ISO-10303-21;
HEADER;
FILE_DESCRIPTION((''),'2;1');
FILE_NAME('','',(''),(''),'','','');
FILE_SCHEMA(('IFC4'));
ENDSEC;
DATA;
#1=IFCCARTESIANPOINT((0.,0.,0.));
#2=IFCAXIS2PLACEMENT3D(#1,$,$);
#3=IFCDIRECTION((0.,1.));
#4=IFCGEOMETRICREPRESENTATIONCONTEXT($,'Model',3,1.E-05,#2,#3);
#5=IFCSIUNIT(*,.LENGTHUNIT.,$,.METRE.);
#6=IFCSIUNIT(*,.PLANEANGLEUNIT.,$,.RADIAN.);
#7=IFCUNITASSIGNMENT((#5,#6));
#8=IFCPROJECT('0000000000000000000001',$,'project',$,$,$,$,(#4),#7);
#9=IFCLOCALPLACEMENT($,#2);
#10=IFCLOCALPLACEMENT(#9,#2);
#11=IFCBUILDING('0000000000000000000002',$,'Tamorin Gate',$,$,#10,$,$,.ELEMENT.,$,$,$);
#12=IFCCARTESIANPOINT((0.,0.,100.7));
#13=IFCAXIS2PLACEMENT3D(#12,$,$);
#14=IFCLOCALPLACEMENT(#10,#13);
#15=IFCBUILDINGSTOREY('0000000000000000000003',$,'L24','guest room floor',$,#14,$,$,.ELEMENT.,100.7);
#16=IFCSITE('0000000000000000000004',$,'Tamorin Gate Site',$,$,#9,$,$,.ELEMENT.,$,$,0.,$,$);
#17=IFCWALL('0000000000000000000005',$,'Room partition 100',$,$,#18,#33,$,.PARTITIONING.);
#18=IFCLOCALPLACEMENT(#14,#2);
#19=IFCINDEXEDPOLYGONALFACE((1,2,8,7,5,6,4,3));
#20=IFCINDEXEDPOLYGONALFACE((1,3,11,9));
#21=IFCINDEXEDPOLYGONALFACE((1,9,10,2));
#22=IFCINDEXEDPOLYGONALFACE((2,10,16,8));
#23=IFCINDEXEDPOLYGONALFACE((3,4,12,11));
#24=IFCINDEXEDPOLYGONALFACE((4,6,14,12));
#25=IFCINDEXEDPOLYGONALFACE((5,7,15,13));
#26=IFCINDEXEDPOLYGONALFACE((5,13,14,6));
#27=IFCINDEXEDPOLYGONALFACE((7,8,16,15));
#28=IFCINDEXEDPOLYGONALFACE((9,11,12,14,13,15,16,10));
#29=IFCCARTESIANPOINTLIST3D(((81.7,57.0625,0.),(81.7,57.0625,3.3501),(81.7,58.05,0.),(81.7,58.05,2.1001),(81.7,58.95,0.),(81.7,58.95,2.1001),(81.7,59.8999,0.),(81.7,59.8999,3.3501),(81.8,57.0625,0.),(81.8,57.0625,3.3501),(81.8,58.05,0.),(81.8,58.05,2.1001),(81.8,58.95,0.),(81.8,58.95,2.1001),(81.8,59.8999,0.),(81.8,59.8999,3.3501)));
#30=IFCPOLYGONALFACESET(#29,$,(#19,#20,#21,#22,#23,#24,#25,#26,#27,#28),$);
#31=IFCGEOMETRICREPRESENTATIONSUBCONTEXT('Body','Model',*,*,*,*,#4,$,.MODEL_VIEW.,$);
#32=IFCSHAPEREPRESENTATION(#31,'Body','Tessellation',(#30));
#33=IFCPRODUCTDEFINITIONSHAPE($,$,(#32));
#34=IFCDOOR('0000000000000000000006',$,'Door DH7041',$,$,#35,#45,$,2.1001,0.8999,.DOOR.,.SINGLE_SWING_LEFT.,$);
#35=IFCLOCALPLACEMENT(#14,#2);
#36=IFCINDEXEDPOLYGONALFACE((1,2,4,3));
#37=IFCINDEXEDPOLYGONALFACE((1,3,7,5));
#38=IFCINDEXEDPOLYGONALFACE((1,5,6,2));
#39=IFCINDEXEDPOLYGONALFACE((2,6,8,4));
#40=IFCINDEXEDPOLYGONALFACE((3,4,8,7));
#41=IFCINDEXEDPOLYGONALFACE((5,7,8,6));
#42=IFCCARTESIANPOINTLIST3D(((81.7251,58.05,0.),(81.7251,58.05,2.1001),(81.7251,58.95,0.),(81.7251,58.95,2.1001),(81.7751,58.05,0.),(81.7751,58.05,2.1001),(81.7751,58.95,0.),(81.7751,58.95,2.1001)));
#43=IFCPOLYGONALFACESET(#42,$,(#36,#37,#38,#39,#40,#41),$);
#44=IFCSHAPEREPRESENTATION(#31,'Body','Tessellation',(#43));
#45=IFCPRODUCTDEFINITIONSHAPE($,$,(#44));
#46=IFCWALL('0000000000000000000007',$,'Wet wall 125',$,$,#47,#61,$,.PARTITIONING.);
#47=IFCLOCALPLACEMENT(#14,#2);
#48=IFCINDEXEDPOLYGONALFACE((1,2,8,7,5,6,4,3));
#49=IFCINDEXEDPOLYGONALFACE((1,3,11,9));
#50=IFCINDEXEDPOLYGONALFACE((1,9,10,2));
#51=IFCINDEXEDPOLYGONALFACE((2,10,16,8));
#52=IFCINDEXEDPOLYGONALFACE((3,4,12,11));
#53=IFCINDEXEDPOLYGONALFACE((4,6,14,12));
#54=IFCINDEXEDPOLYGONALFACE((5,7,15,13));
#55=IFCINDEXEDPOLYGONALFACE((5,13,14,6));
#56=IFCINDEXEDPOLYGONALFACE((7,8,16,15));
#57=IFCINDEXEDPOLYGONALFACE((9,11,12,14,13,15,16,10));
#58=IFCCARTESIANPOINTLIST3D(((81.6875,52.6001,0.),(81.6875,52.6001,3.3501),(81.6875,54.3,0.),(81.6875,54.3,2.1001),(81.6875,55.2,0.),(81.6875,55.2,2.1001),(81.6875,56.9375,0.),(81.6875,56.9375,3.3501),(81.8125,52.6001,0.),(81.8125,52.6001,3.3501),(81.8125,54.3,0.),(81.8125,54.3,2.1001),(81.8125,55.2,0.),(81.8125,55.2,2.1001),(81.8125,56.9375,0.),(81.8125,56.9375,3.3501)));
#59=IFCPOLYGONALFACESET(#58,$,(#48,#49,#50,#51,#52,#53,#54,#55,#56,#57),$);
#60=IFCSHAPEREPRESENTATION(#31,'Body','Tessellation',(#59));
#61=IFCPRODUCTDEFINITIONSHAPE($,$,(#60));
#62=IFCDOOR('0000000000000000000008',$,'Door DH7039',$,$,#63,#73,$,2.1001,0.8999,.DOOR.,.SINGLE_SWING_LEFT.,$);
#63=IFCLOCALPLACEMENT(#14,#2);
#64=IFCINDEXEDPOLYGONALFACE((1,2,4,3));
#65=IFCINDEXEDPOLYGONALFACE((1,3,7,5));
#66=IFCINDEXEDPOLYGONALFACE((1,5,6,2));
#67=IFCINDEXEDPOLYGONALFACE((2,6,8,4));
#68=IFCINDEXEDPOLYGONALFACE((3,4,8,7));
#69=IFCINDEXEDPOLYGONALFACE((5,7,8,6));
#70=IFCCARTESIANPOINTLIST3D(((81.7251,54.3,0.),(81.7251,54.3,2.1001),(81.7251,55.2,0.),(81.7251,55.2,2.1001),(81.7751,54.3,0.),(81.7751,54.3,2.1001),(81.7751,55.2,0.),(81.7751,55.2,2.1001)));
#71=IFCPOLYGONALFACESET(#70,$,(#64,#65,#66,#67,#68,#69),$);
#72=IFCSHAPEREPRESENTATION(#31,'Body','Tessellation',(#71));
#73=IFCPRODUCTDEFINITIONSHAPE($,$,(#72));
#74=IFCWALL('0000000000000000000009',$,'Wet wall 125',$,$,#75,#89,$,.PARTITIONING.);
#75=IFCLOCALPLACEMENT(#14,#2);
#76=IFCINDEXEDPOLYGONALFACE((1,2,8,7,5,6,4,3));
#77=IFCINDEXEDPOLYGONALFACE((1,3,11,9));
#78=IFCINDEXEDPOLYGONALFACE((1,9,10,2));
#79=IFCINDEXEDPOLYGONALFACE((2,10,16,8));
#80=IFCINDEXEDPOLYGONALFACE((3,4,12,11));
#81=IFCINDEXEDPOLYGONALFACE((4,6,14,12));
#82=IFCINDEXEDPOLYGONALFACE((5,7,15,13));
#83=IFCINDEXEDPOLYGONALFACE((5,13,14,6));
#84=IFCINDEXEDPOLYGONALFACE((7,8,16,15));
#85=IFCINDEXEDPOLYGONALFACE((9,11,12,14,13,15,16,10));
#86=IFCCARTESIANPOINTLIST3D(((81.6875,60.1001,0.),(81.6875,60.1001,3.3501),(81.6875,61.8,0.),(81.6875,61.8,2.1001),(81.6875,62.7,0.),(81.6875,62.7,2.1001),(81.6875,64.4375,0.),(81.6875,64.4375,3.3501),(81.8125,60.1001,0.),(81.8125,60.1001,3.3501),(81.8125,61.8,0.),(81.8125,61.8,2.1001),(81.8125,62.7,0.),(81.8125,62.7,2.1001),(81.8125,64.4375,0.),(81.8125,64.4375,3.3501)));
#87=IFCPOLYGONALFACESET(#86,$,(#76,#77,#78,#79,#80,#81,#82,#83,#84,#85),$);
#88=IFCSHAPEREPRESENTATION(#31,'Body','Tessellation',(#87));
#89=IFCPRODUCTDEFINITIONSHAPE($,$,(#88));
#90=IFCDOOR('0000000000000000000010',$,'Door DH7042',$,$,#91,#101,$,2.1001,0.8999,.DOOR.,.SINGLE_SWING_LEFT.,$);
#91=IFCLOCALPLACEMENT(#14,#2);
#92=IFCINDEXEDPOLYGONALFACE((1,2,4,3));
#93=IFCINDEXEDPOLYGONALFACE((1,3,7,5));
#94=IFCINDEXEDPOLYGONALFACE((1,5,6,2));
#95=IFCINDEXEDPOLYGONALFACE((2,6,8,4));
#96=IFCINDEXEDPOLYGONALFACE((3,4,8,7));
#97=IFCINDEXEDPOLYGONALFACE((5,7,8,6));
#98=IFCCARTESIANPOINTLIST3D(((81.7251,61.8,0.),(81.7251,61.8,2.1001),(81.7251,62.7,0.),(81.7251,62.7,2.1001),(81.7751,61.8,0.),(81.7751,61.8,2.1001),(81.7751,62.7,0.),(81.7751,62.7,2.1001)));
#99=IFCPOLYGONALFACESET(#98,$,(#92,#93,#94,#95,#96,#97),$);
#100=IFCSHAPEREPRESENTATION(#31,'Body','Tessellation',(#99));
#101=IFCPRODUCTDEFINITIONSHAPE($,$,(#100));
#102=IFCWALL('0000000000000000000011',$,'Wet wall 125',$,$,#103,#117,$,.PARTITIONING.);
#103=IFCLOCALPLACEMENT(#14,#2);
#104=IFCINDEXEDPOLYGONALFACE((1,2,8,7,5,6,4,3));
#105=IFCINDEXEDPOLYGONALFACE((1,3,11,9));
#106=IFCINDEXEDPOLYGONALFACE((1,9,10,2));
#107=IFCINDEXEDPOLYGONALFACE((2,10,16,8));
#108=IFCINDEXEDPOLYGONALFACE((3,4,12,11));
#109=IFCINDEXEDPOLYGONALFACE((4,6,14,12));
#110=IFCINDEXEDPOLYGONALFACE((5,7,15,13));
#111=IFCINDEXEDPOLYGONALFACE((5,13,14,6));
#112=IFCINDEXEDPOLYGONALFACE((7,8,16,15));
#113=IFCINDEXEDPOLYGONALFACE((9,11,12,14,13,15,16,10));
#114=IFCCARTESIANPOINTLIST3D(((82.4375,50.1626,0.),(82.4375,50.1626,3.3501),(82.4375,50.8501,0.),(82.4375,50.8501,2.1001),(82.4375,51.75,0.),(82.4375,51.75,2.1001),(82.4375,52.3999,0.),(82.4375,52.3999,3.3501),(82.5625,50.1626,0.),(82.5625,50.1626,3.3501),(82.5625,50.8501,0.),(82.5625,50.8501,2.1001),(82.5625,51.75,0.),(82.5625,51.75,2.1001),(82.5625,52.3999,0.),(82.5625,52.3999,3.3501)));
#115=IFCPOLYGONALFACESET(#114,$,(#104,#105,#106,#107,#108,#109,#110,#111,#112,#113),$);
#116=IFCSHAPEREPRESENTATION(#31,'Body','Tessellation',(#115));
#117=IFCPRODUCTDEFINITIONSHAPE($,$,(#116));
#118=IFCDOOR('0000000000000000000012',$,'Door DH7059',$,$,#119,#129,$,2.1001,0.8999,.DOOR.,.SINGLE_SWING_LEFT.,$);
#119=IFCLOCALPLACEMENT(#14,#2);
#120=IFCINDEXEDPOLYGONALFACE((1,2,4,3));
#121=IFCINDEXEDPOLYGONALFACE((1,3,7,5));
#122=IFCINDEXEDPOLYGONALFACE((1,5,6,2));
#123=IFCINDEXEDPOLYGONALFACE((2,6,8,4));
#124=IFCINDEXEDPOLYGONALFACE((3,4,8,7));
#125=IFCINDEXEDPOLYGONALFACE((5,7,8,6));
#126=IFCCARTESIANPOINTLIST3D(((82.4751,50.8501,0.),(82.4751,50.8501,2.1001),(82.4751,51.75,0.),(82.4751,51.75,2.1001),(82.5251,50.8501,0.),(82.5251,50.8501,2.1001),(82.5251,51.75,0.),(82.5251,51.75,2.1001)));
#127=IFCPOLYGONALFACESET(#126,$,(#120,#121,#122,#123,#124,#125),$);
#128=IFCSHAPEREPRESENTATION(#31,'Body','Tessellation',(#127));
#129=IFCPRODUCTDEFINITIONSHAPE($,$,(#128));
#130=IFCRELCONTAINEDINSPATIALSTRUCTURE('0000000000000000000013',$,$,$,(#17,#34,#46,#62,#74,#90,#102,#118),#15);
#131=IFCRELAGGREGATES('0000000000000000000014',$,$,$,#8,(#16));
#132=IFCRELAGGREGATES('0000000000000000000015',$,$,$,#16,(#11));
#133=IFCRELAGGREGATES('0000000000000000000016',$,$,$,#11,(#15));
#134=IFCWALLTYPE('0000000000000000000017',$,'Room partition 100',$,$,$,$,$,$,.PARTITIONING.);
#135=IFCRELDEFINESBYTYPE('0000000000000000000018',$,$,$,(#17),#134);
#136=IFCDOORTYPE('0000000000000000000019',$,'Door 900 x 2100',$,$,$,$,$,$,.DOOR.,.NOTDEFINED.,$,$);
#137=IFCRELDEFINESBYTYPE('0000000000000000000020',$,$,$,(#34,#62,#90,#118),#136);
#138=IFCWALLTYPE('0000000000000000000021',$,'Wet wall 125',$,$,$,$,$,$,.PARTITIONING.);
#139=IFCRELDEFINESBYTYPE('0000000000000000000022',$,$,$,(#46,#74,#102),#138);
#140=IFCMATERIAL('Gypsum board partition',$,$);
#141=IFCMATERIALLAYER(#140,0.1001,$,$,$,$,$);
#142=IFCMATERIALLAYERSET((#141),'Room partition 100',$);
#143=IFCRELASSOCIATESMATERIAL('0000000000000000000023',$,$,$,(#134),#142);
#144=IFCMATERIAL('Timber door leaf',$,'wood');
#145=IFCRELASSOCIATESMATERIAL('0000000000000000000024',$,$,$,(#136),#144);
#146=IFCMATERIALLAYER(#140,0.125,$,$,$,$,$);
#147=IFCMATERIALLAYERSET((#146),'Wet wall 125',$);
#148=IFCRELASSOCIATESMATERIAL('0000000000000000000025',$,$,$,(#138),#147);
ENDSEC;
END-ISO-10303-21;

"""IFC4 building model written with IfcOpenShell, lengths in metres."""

from ifc_helpers import new_model, si_unit, direction, frame, frame_2d, origin, place, context, subcontext, project, spatial, rectangle, extrude, material, layer, layer_set, type_object, element, fill, save


model = new_model("IFC4")

# Units and contexts
model_context = context("Model", 3, precision=1e-05, world=origin(), true_north=direction((0.0, 1.0)))
body_context = subcontext(model_context, "Body", "Model", "MODEL_VIEW")
ifc_project = project(units=[si_unit("LENGTHUNIT", "METRE"), si_unit("PLANEANGLEUNIT", "RADIAN")], contexts=[model_context])

# Site, building, storey
site_placement = place(None, origin())
site = spatial("IfcSite", under=ifc_project, at=site_placement, Name="Tamorin Gate Site", CompositionType="ELEMENT", RefElevation=0.0)
building_placement = place(site_placement, origin())
building = spatial("IfcBuilding", under=site, at=building_placement, Name="Tamorin Gate", CompositionType="ELEMENT")
storey_placement = place(building_placement, frame((0.0, 0.0, 100.7)))
storey = spatial("IfcBuildingStorey", under=building, at=storey_placement, Name="L24", Description="guest room floor", CompositionType="ELEMENT", Elevation=100.7)

# Walls, openings, doors
ifc_material_1 = material(Name="Gypsum board partition")
ifc_layer_1 = layer(ifc_material_1, 0.1001)
ifc_layer_set_1 = layer_set([ifc_layer_1], Name="Room partition 100")
wall_type_1 = type_object("IfcWallType", Name="Room partition 100", PredefinedType="PARTITIONING", material=ifc_layer_set_1)
wall_1_placement = place(storey_placement, frame((81.75, 57.0625, 0.0), z_axis=(0.0, 0.0, 1.0), x_axis=(0.0, 1.0, 0.0)))
wall_1 = element("IfcWall", 1, at=wall_1_placement, inside=storey, type_object=wall_type_1, Name="Room partition 100", PredefinedType="PARTITIONING", context=body_context, shape_type="SweptSolid", body=[
    extrude(rectangle(XDim=2.8374, YDim=0.1001, at=frame_2d((1.4187, 0.0))), origin(), (0.0, 0.0, 1.0), 3.3501),
])
opening_1_placement = place(wall_1_placement, frame((0.9875, 0.0, 0.0)))
opening_1 = element("IfcOpeningElement", 2, at=opening_1_placement, cuts=wall_1, PredefinedType="OPENING", context=body_context, shape_type="SweptSolid", body=[
    extrude(rectangle(XDim=0.8999, YDim=2.1001, at=frame_2d((0.45, 1.05))), frame((0.0, 0.0601, 0.0), z_axis=(0.0, -1.0, 0.0), x_axis=(1.0, 0.0, 0.0)), (0.0, 0.0, 1.0), 0.1201),
])
ifc_material_2 = material(Name="Timber door leaf", Category="wood")
door_type = type_object("IfcDoorType", Name="Door 900 x 2100", OperationType="NOTDEFINED", PredefinedType="DOOR", material=ifc_material_2)
door_1_placement = place(opening_1_placement, origin())
door_1 = element("IfcDoor", 3, at=door_1_placement, inside=storey, type_object=door_type, Name="Door DH7041", OperationType="SINGLE_SWING_LEFT", OverallHeight=2.1001, OverallWidth=0.8999, PredefinedType="DOOR", context=body_context, shape_type="SweptSolid", body=[
    extrude(rectangle(XDim=0.8999, YDim=2.1001, at=frame_2d((0.45, 1.05))), frame((0.0, 0.0249, 0.0), z_axis=(0.0, -1.0, 0.0), x_axis=(1.0, 0.0, 0.0)), (0.0, 0.0, 1.0), 0.05),
])
fill(opening_1, door_1)
ifc_layer_2 = layer(ifc_material_1, 0.125)
ifc_layer_set_2 = layer_set([ifc_layer_2], Name="Wet wall 125")
wall_type_2 = type_object("IfcWallType", Name="Wet wall 125", PredefinedType="PARTITIONING", material=ifc_layer_set_2)
wall_2_placement = place(storey_placement, frame((81.75, 52.6001, 0.0), z_axis=(0.0, 0.0, 1.0), x_axis=(0.0, 1.0, 0.0)))
wall_2 = element("IfcWall", 4, at=wall_2_placement, inside=storey, type_object=wall_type_2, Name="Wet wall 125", PredefinedType="PARTITIONING", context=body_context, shape_type="SweptSolid", body=[
    extrude(rectangle(XDim=4.3374, YDim=0.125, at=frame_2d((2.1687, 0.0))), origin(), (0.0, 0.0, 1.0), 3.3501),
])
opening_2_placement = place(wall_2_placement, frame((1.7, 0.0, 0.0)))
opening_2 = element("IfcOpeningElement", 5, at=opening_2_placement, cuts=wall_2, PredefinedType="OPENING", context=body_context, shape_type="SweptSolid", body=[
    extrude(rectangle(XDim=0.8999, YDim=2.1001, at=frame_2d((0.45, 1.05))), frame((0.0, 0.0725, 0.0), z_axis=(0.0, -1.0, 0.0), x_axis=(1.0, 0.0, 0.0)), (0.0, 0.0, 1.0), 0.145),
])
door_2_placement = place(opening_2_placement, origin())
door_2 = element("IfcDoor", 6, at=door_2_placement, inside=storey, type_object=door_type, Name="Door DH7039", OperationType="SINGLE_SWING_LEFT", OverallHeight=2.1001, OverallWidth=0.8999, PredefinedType="DOOR", context=body_context, shape_type="SweptSolid", body=[
    extrude(rectangle(XDim=0.8999, YDim=2.1001, at=frame_2d((0.45, 1.05))), frame((0.0, 0.0249, 0.0), z_axis=(0.0, -1.0, 0.0), x_axis=(1.0, 0.0, 0.0)), (0.0, 0.0, 1.0), 0.05),
])
fill(opening_2, door_2)
wall_3_placement = place(storey_placement, frame((81.75, 60.1001, 0.0), z_axis=(0.0, 0.0, 1.0), x_axis=(0.0, 1.0, 0.0)))
wall_3 = element("IfcWall", 7, at=wall_3_placement, inside=storey, type_object=wall_type_2, Name="Wet wall 125", PredefinedType="PARTITIONING", context=body_context, shape_type="SweptSolid", body=[
    extrude(rectangle(XDim=4.3374, YDim=0.125, at=frame_2d((2.1687, 0.0))), origin(), (0.0, 0.0, 1.0), 3.3501),
])
opening_3_placement = place(wall_3_placement, frame((1.7, 0.0, 0.0)))
opening_3 = element("IfcOpeningElement", 8, at=opening_3_placement, cuts=wall_3, PredefinedType="OPENING", context=body_context, shape_type="SweptSolid", body=[
    extrude(rectangle(XDim=0.8999, YDim=2.1001, at=frame_2d((0.45, 1.05))), frame((0.0, 0.0725, 0.0), z_axis=(0.0, -1.0, 0.0), x_axis=(1.0, 0.0, 0.0)), (0.0, 0.0, 1.0), 0.145),
])
door_3_placement = place(opening_3_placement, origin())
door_3 = element("IfcDoor", 9, at=door_3_placement, inside=storey, type_object=door_type, Name="Door DH7042", OperationType="SINGLE_SWING_LEFT", OverallHeight=2.1001, OverallWidth=0.8999, PredefinedType="DOOR", context=body_context, shape_type="SweptSolid", body=[
    extrude(rectangle(XDim=0.8999, YDim=2.1001, at=frame_2d((0.45, 1.05))), frame((0.0, 0.0249, 0.0), z_axis=(0.0, -1.0, 0.0), x_axis=(1.0, 0.0, 0.0)), (0.0, 0.0, 1.0), 0.05),
])
fill(opening_3, door_3)
wall_4_placement = place(storey_placement, frame((82.5, 50.1626, 0.0), z_axis=(0.0, 0.0, 1.0), x_axis=(0.0, 1.0, 0.0)))
wall_4 = element("IfcWall", 10, at=wall_4_placement, inside=storey, type_object=wall_type_2, Name="Wet wall 125", PredefinedType="PARTITIONING", context=body_context, shape_type="SweptSolid", body=[
    extrude(rectangle(XDim=2.2373, YDim=0.125, at=frame_2d((1.1187, 0.0))), origin(), (0.0, 0.0, 1.0), 3.3501),
])
opening_4_placement = place(wall_4_placement, frame((0.6875, 0.0, 0.0)))
opening_4 = element("IfcOpeningElement", 11, at=opening_4_placement, cuts=wall_4, PredefinedType="OPENING", context=body_context, shape_type="SweptSolid", body=[
    extrude(rectangle(XDim=0.8999, YDim=2.1001, at=frame_2d((0.45, 1.05))), frame((0.0, 0.0725, 0.0), z_axis=(0.0, -1.0, 0.0), x_axis=(1.0, 0.0, 0.0)), (0.0, 0.0, 1.0), 0.145),
])
door_4_placement = place(opening_4_placement, origin())
door_4 = element("IfcDoor", 12, at=door_4_placement, inside=storey, type_object=door_type, Name="Door DH7059", OperationType="SINGLE_SWING_LEFT", OverallHeight=2.1001, OverallWidth=0.8999, PredefinedType="DOOR", context=body_context, shape_type="SweptSolid", body=[
    extrude(rectangle(XDim=0.8999, YDim=2.1001, at=frame_2d((0.45, 1.05))), frame((0.0, 0.0249, 0.0), z_axis=(0.0, -1.0, 0.0), x_axis=(1.0, 0.0, 0.0)), (0.0, 0.0, 1.0), 0.05),
])
fill(opening_4, door_4)

save(model, "model.ifc")
